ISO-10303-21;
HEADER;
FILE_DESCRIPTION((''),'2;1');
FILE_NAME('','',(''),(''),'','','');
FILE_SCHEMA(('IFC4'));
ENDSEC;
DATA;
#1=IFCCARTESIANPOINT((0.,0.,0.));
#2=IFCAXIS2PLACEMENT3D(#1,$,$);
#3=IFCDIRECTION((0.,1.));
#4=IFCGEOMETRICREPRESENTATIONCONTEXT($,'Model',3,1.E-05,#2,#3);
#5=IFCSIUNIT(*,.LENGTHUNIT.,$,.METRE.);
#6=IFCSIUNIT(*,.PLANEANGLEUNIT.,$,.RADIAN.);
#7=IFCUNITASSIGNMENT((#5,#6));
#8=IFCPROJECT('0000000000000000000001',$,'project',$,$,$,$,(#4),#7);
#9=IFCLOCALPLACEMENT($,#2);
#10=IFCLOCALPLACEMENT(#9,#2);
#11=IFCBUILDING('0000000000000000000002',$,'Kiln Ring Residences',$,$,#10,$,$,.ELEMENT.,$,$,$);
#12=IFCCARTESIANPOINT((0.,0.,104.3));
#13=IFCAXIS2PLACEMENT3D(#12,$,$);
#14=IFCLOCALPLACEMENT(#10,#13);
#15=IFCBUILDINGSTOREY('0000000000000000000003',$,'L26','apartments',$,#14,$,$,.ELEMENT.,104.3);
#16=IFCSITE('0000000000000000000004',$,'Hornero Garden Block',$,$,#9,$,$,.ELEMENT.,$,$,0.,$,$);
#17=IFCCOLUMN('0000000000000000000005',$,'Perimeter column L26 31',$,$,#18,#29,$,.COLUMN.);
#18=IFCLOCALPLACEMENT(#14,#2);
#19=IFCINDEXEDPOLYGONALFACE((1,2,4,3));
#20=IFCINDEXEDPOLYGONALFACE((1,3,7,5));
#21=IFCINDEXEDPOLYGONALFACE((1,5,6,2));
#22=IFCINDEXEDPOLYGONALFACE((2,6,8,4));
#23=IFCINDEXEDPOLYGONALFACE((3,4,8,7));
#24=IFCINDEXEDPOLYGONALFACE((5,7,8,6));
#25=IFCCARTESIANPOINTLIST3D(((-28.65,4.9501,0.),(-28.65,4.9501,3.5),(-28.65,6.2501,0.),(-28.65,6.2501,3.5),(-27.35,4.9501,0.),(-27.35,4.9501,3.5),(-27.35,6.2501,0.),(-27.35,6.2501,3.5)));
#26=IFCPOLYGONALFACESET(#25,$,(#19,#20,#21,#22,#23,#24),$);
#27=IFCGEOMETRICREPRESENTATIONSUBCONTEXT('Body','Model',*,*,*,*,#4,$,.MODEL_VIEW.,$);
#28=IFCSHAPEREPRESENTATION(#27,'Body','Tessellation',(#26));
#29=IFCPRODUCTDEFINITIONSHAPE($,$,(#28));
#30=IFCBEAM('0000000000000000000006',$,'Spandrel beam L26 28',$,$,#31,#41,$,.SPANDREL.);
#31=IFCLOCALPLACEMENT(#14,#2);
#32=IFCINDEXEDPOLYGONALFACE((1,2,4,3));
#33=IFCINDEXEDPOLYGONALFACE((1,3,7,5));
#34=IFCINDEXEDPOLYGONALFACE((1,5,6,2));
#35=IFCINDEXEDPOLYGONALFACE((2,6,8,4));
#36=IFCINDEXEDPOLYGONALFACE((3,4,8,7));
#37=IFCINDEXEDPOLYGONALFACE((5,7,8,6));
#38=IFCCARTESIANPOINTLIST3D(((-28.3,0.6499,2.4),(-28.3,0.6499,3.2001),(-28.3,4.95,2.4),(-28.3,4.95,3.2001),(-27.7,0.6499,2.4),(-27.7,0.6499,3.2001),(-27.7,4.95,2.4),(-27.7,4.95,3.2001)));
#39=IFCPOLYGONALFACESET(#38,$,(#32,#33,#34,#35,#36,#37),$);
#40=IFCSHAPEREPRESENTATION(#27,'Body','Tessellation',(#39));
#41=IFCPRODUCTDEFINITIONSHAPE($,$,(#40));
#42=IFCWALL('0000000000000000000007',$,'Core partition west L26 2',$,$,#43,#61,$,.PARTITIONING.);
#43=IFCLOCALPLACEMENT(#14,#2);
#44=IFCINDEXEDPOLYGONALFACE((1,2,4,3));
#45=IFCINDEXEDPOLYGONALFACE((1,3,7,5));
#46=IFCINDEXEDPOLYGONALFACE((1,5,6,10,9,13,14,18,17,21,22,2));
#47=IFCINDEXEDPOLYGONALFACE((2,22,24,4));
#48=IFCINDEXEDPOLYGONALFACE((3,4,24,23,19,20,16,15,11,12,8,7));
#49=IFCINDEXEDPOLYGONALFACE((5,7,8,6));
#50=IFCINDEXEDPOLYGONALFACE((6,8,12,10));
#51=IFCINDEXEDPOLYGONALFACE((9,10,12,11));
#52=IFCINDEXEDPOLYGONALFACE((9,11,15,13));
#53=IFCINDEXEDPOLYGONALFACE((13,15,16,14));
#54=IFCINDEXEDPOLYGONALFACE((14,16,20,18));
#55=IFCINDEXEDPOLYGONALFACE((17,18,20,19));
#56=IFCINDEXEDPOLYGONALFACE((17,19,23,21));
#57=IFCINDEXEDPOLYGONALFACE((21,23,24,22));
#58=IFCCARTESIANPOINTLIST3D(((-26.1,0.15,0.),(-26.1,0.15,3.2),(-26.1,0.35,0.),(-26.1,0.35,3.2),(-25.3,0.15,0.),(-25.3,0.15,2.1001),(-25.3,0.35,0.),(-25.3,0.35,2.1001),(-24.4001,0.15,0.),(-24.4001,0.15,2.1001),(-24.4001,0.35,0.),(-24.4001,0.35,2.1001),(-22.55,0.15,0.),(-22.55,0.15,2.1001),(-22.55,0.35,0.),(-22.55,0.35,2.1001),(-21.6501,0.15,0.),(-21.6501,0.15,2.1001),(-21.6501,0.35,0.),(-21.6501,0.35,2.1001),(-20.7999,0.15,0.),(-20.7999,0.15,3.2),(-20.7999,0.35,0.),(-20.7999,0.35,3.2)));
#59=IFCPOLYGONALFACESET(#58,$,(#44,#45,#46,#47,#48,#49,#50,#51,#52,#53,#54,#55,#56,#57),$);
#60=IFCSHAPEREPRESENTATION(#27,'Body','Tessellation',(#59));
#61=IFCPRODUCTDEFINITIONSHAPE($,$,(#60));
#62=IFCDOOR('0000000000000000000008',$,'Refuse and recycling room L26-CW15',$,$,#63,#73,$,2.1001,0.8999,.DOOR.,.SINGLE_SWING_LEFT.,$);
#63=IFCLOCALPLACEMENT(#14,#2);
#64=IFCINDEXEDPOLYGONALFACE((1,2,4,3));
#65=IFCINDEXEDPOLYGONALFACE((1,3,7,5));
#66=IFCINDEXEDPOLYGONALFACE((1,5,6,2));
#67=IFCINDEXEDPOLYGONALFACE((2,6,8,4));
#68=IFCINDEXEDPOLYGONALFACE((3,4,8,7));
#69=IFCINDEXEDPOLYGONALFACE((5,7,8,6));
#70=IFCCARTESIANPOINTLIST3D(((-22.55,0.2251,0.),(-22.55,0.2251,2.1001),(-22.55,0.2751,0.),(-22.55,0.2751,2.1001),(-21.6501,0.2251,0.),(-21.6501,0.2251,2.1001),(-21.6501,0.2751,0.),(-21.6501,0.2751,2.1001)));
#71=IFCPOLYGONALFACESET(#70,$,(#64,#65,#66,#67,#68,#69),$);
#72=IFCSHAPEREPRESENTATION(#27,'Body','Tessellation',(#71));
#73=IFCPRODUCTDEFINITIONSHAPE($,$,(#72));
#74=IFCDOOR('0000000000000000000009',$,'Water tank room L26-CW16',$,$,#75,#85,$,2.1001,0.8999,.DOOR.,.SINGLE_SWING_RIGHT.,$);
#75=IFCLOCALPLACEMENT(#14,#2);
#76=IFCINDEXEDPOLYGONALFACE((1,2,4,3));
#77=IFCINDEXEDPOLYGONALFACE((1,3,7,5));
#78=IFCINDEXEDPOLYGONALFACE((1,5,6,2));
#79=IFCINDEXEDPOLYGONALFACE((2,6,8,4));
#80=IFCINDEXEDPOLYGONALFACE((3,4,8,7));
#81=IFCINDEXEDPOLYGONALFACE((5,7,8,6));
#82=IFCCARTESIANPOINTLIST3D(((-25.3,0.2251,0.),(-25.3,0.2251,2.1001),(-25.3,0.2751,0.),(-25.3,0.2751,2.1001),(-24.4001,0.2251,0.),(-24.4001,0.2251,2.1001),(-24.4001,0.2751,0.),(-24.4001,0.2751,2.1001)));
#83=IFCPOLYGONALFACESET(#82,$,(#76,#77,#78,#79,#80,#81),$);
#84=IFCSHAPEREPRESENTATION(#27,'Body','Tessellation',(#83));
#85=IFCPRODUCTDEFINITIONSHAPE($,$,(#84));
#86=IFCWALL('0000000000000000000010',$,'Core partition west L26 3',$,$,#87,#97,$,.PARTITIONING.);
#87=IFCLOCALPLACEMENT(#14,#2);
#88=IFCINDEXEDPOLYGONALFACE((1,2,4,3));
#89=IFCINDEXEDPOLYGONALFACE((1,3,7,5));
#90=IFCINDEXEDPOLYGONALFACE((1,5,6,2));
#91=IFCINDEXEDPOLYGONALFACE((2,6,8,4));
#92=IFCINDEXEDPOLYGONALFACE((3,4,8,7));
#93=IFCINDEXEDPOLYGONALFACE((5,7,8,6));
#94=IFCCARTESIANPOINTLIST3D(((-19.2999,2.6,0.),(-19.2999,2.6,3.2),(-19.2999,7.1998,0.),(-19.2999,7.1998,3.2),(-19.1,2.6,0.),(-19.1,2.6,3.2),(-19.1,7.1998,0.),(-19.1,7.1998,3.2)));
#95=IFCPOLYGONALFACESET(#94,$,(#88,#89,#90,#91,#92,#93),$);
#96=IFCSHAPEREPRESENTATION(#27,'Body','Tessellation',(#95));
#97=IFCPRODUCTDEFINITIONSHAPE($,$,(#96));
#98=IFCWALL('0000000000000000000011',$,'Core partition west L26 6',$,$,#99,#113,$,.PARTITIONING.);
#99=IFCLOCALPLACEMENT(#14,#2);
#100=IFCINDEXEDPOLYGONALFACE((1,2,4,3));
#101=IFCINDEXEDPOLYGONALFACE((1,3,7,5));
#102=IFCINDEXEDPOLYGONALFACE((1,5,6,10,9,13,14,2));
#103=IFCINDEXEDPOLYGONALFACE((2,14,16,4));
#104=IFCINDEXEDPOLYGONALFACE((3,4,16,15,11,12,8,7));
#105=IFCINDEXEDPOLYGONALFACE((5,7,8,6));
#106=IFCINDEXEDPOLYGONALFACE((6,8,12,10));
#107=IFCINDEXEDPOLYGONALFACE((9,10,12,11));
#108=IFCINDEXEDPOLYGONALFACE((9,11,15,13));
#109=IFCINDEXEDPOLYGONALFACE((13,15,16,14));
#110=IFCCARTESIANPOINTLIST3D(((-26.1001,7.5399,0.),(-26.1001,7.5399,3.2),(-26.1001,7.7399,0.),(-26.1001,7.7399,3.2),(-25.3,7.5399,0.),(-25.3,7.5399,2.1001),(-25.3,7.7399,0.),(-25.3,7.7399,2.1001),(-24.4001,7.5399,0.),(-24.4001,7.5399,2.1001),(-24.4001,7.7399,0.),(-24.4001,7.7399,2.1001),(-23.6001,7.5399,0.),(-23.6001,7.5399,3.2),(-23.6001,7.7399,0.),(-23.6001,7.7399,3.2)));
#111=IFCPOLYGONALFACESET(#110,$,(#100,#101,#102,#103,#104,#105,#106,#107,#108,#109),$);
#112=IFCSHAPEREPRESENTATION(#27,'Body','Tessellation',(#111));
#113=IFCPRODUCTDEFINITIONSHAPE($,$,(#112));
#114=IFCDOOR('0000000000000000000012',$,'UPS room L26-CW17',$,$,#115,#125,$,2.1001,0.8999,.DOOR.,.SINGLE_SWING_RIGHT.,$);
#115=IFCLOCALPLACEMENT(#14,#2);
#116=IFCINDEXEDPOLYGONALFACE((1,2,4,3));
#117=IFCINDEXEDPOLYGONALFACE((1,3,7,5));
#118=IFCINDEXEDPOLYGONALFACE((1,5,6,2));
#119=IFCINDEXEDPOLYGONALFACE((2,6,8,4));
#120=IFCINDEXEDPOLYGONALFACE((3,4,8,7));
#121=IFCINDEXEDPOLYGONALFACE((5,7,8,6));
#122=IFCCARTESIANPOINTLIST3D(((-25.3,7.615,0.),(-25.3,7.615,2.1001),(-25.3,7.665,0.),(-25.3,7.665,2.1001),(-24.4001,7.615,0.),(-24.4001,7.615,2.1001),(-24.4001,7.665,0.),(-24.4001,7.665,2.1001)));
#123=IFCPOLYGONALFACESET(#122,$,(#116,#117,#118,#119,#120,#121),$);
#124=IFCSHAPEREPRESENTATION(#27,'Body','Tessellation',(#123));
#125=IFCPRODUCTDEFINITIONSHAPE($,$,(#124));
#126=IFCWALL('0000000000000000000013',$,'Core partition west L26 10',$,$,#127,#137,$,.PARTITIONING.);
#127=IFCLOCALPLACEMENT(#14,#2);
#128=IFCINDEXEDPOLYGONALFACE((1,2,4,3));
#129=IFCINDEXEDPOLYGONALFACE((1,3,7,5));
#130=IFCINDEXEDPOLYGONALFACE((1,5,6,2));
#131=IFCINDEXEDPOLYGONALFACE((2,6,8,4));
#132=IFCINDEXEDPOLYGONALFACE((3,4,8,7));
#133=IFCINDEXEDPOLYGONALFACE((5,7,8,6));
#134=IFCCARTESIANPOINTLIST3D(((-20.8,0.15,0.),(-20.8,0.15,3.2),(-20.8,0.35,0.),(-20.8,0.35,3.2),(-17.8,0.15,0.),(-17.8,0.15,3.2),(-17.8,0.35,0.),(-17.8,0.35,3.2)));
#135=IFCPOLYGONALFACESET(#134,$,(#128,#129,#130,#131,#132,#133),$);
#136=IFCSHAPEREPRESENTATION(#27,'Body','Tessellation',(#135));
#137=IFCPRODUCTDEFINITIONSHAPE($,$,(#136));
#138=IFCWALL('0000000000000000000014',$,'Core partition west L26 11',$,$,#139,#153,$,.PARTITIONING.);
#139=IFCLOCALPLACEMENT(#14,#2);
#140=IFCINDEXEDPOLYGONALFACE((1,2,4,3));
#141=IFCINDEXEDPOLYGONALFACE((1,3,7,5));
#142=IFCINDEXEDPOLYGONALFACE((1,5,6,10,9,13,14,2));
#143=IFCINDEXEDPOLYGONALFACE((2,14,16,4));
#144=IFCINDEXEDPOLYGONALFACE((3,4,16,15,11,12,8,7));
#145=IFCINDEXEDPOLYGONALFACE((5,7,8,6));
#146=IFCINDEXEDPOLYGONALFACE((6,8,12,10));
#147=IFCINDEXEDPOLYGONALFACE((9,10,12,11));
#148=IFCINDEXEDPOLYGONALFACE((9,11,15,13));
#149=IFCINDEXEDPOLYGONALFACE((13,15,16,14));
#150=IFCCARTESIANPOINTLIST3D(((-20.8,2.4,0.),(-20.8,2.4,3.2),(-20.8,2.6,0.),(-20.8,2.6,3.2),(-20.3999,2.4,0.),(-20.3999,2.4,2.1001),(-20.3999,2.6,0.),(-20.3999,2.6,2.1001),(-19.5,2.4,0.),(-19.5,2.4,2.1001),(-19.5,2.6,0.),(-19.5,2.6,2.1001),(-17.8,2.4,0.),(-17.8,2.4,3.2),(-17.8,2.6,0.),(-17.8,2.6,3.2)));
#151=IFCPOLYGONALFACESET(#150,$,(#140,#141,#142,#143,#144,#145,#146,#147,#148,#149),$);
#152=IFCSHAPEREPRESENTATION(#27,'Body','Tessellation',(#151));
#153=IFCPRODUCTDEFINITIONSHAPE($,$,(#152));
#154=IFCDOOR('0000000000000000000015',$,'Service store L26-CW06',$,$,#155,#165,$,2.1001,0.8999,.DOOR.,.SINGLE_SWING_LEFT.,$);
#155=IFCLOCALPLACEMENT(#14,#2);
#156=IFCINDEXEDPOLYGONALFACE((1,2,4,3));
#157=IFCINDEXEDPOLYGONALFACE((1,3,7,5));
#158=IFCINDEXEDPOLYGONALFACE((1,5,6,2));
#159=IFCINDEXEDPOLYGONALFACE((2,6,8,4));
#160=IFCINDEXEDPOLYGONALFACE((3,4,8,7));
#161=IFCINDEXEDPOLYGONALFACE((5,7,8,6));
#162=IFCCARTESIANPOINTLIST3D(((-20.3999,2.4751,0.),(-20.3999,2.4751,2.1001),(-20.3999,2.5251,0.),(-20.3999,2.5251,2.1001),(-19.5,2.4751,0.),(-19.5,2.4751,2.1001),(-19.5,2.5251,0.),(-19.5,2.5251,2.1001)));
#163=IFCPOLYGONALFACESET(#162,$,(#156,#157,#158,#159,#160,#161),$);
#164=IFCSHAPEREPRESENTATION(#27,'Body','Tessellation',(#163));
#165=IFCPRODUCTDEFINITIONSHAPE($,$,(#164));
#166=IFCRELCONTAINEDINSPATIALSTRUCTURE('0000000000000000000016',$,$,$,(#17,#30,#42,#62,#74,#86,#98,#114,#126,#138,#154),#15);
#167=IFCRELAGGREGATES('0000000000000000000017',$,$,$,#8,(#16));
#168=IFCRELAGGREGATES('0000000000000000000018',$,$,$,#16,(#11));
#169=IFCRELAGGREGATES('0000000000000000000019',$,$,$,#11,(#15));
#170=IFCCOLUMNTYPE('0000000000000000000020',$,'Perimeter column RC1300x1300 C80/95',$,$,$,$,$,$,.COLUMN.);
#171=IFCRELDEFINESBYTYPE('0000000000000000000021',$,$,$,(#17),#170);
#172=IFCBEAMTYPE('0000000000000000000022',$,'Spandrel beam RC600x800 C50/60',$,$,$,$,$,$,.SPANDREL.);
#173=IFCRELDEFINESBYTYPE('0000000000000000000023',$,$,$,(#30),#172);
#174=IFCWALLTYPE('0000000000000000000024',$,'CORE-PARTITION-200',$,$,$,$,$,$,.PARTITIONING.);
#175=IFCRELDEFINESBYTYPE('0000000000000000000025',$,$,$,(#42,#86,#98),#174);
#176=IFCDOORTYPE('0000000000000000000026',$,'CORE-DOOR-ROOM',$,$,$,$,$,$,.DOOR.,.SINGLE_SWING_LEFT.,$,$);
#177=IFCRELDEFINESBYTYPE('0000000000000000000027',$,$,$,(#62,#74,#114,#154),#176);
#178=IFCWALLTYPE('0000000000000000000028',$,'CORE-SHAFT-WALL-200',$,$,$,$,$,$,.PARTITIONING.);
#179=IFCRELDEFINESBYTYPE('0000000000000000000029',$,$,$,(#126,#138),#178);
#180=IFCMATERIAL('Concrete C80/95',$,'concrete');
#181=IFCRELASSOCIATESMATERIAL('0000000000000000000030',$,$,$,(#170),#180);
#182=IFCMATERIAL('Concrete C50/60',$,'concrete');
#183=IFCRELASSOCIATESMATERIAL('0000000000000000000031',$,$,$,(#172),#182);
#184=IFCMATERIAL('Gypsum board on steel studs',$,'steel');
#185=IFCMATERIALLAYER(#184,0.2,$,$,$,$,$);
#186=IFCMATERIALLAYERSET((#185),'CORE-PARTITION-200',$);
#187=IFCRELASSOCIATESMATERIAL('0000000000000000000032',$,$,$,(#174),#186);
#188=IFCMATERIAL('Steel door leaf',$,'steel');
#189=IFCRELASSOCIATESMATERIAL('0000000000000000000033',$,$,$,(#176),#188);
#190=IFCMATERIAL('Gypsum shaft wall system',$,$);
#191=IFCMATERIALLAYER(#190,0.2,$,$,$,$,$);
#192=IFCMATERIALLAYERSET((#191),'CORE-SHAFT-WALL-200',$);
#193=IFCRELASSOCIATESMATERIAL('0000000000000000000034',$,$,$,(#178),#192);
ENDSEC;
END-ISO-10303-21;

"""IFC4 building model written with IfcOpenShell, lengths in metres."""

from ifc_helpers import new_model, si_unit, direction, frame, frame_2d, origin, origin_2d, place, context, subcontext, project, spatial, rectangle, extrude, material, layer, layer_set, material_profile, profile_set, type_object, element, fill, save


model = new_model("IFC4")

# Units and contexts
model_context = context("Model", 3, precision=1e-05, world=origin(), true_north=direction((0.0, 1.0)))
body_context = subcontext(model_context, "Body", "Model", "MODEL_VIEW")
ifc_project = project(units=[si_unit("LENGTHUNIT", "METRE"), si_unit("PLANEANGLEUNIT", "RADIAN")], contexts=[model_context])

# Site, building, storey
site_placement = place(None, origin())
site = spatial("IfcSite", under=ifc_project, at=site_placement, Name="Hornero Garden Block", CompositionType="ELEMENT", RefElevation=0.0)
building_placement = place(site_placement, origin())
building = spatial("IfcBuilding", under=site, at=building_placement, Name="Kiln Ring Residences", CompositionType="ELEMENT")
storey_placement = place(building_placement, frame((0.0, 0.0, 104.3)))
storey = spatial("IfcBuildingStorey", under=building, at=storey_placement, Name="L26", Description="apartments", CompositionType="ELEMENT", Elevation=104.3)

# Column
ifc_material_1 = material(Name="Concrete C80/95", Category="concrete")
ifc_material_profile_1 = material_profile(ifc_material_1, rectangle(XDim=1.3, YDim=1.3, at=origin_2d()), Name="RC1300x1300")
ifc_profile_set_1 = profile_set([ifc_material_profile_1], Name="Concrete C80/95")
column_type = type_object("IfcColumnType", Name="Perimeter column RC1300x1300 C80/95", PredefinedType="COLUMN", material=ifc_profile_set_1)
column_placement = place(storey_placement, frame((-28.0, 5.6001, 0.0), z_axis=(0.0, 0.0, 1.0), x_axis=(1.0, 0.0, 0.0)))
element("IfcColumn", 1, at=column_placement, inside=storey, type_object=column_type, Name="Perimeter column L26 31", PredefinedType="COLUMN", context=body_context, shape_type="SweptSolid", body=[
    extrude(rectangle(XDim=1.3, YDim=1.3, at=origin_2d()), origin(), (0.0, 0.0, 1.0), 3.5),
])

# Beam
ifc_material_2 = material(Name="Concrete C50/60", Category="concrete")
ifc_material_profile_2 = material_profile(ifc_material_2, rectangle(XDim=0.6001, YDim=0.8, at=origin_2d()), Name="RC600x800")
ifc_profile_set_2 = profile_set([ifc_material_profile_2], Name="Concrete C50/60")
beam_type = type_object("IfcBeamType", Name="Spandrel beam RC600x800 C50/60", PredefinedType="SPANDREL", material=ifc_profile_set_2)
beam_placement = place(storey_placement, frame((-28.0, 4.95, 2.8), z_axis=(0.0, -1.0, 0.0), x_axis=(1.0, 0.0, 0.0)))
element("IfcBeam", 2, at=beam_placement, inside=storey, type_object=beam_type, Name="Spandrel beam L26 28", PredefinedType="SPANDREL", context=body_context, shape_type="SweptSolid", body=[
    extrude(rectangle(XDim=0.6001, YDim=0.8, at=origin_2d()), origin(), (0.0, 0.0, 1.0), 4.3),
])

# Wall, openings, doors
ifc_material_3 = material(Name="Gypsum board on steel studs", Category="steel")
ifc_layer_1 = layer(ifc_material_3, 0.2)
ifc_layer_set_1 = layer_set([ifc_layer_1], Name="CORE-PARTITION-200")
wall_type_1 = type_object("IfcWallType", Name="CORE-PARTITION-200", PredefinedType="PARTITIONING", material=ifc_layer_set_1)
wall_1_placement = place(storey_placement, frame((-20.8, 0.25, 0.0), z_axis=(0.0, 0.0, 1.0), x_axis=(-1.0, 0.0, 0.0)))
wall_1 = element("IfcWall", 3, at=wall_1_placement, inside=storey, type_object=wall_type_1, Name="Core partition west L26 2", PredefinedType="PARTITIONING", context=body_context, shape_type="SweptSolid", body=[
    extrude(rectangle(XDim=5.3, YDim=0.2, at=frame_2d((2.6499, 0.0))), origin(), (0.0, 0.0, 1.0), 3.2),
])
opening_1_placement = place(wall_1_placement, frame((0.8501, 0.0, 0.0)))
opening_1 = element("IfcOpeningElement", 4, at=opening_1_placement, cuts=wall_1, PredefinedType="OPENING", context=body_context, shape_type="SweptSolid", body=[
    extrude(rectangle(XDim=0.8999, YDim=2.1001, at=frame_2d((0.45, 1.05))), frame((0.0, 0.1099, 0.0), z_axis=(0.0, -1.0, 0.0), x_axis=(1.0, 0.0, 0.0)), (0.0, 0.0, 1.0), 0.22),
])
opening_2_placement = place(wall_1_placement, frame((3.6001, 0.0, 0.0)))
opening_2 = element("IfcOpeningElement", 5, at=opening_2_placement, cuts=wall_1, PredefinedType="OPENING", context=body_context, shape_type="SweptSolid", body=[
    extrude(rectangle(XDim=0.8999, YDim=2.1001, at=frame_2d((0.45, 1.05))), frame((0.0, 0.1099, 0.0), z_axis=(0.0, -1.0, 0.0), x_axis=(1.0, 0.0, 0.0)), (0.0, 0.0, 1.0), 0.22),
])
ifc_material_4 = material(Name="Steel door leaf", Category="steel")
door_type_1 = type_object("IfcDoorType", Name="CORE-DOOR-ROOM", OperationType="SINGLE_SWING_LEFT", PredefinedType="DOOR", material=ifc_material_4)
door_1_placement = place(opening_1_placement, origin())
door_1 = element("IfcDoor", 6, at=door_1_placement, inside=storey, type_object=door_type_1, Name="Refuse and recycling room L26-CW15", OperationType="SINGLE_SWING_LEFT", OverallHeight=2.1001, OverallWidth=0.8999, PredefinedType="DOOR", context=body_context, shape_type="SweptSolid", body=[
    extrude(rectangle(XDim=0.8999, YDim=2.1001, at=frame_2d((0.45, 1.05))), frame((0.0, 0.0249, 0.0), z_axis=(0.0, -1.0, 0.0), x_axis=(1.0, 0.0, 0.0)), (0.0, 0.0, 1.0), 0.05),
])
fill(opening_1, door_1)
door_2_placement = place(opening_2_placement, origin())
door_2 = element("IfcDoor", 7, at=door_2_placement, inside=storey, type_object=door_type_1, Name="Water tank room L26-CW16", OperationType="SINGLE_SWING_RIGHT", OverallHeight=2.1001, OverallWidth=0.8999, PredefinedType="DOOR", context=body_context, shape_type="SweptSolid", body=[
    extrude(rectangle(XDim=0.8999, YDim=2.1001, at=frame_2d((0.45, 1.05))), frame((0.0, 0.0249, 0.0), z_axis=(0.0, -1.0, 0.0), x_axis=(1.0, 0.0, 0.0)), (0.0, 0.0, 1.0), 0.05),
])
fill(opening_2, door_2)

# Wall
wall_2_placement = place(storey_placement, frame((-19.2, 2.6001, 0.0), z_axis=(0.0, 0.0, 1.0), x_axis=(0.0, 1.0, 0.0)))
element("IfcWall", 8, at=wall_2_placement, inside=storey, type_object=wall_type_1, Name="Core partition west L26 3", PredefinedType="PARTITIONING", context=body_context, shape_type="SweptSolid", body=[
    extrude(rectangle(XDim=4.5999, YDim=0.2, at=frame_2d((2.2998, 0.0))), origin(), (0.0, 0.0, 1.0), 3.2),
])

# Wall, opening, door
wall_3_placement = place(storey_placement, frame((-23.6001, 7.6399, 0.0), z_axis=(0.0, 0.0, 1.0), x_axis=(-1.0, 0.0, 0.0)))
wall_3 = element("IfcWall", 9, at=wall_3_placement, inside=storey, type_object=wall_type_1, Name="Core partition west L26 6", PredefinedType="PARTITIONING", context=body_context, shape_type="SweptSolid", body=[
    extrude(rectangle(XDim=2.5, YDim=0.2, at=frame_2d((1.25, 0.0))), origin(), (0.0, 0.0, 1.0), 3.2),
])
opening_3_placement = place(wall_3_placement, frame((0.8, 0.0, 0.0)))
opening_3 = element("IfcOpeningElement", 10, at=opening_3_placement, cuts=wall_3, PredefinedType="OPENING", context=body_context, shape_type="SweptSolid", body=[
    extrude(rectangle(XDim=0.8999, YDim=2.1001, at=frame_2d((0.45, 1.05))), frame((0.0, 0.1099, 0.0), z_axis=(0.0, -1.0, 0.0), x_axis=(1.0, 0.0, 0.0)), (0.0, 0.0, 1.0), 0.22),
])
door_3_placement = place(opening_3_placement, origin())
door_3 = element("IfcDoor", 11, at=door_3_placement, inside=storey, type_object=door_type_1, Name="UPS room L26-CW17", OperationType="SINGLE_SWING_RIGHT", OverallHeight=2.1001, OverallWidth=0.8999, PredefinedType="DOOR", context=body_context, shape_type="SweptSolid", body=[
    extrude(rectangle(XDim=0.8999, YDim=2.1001, at=frame_2d((0.45, 1.05))), frame((0.0, 0.0249, 0.0), z_axis=(0.0, -1.0, 0.0), x_axis=(1.0, 0.0, 0.0)), (0.0, 0.0, 1.0), 0.05),
])
fill(opening_3, door_3)

# Wall
ifc_material_5 = material(Name="Gypsum shaft wall system")
ifc_layer_2 = layer(ifc_material_5, 0.2)
ifc_layer_set_2 = layer_set([ifc_layer_2], Name="CORE-SHAFT-WALL-200")
wall_type_2 = type_object("IfcWallType", Name="CORE-SHAFT-WALL-200", PredefinedType="PARTITIONING", material=ifc_layer_set_2)
wall_4_placement = place(storey_placement, frame((-17.8, 0.25, 0.0), z_axis=(0.0, 0.0, 1.0), x_axis=(-1.0, 0.0, 0.0)))
element("IfcWall", 12, at=wall_4_placement, inside=storey, type_object=wall_type_2, Name="Core partition west L26 10", PredefinedType="PARTITIONING", context=body_context, shape_type="SweptSolid", body=[
    extrude(rectangle(XDim=3.0, YDim=0.2, at=frame_2d((1.5, 0.0))), origin(), (0.0, 0.0, 1.0), 3.2),
])

# Wall, opening, door
wall_5_placement = place(storey_placement, frame((-17.8, 2.5, 0.0), z_axis=(0.0, 0.0, 1.0), x_axis=(-1.0, 0.0, 0.0)))
wall_5 = element("IfcWall", 13, at=wall_5_placement, inside=storey, type_object=wall_type_2, Name="Core partition west L26 11", PredefinedType="PARTITIONING", context=body_context, shape_type="SweptSolid", body=[
    extrude(rectangle(XDim=3.0, YDim=0.2, at=frame_2d((1.5, 0.0))), origin(), (0.0, 0.0, 1.0), 3.2),
])
opening_4_placement = place(wall_5_placement, frame((1.7, 0.0, 0.0)))
opening_4 = element("IfcOpeningElement", 14, at=opening_4_placement, cuts=wall_5, PredefinedType="OPENING", context=body_context, shape_type="SweptSolid", body=[
    extrude(rectangle(XDim=0.8999, YDim=2.1001, at=frame_2d((0.45, 1.05))), frame((0.0, 0.1099, 0.0), z_axis=(0.0, -1.0, 0.0), x_axis=(1.0, 0.0, 0.0)), (0.0, 0.0, 1.0), 0.22),
])
door_4_placement = place(opening_4_placement, origin())
door_4 = element("IfcDoor", 15, at=door_4_placement, inside=storey, type_object=door_type_1, Name="Service store L26-CW06", OperationType="SINGLE_SWING_LEFT", OverallHeight=2.1001, OverallWidth=0.8999, PredefinedType="DOOR", context=body_context, shape_type="SweptSolid", body=[
    extrude(rectangle(XDim=0.8999, YDim=2.1001, at=frame_2d((0.45, 1.05))), frame((0.0, 0.0249, 0.0), z_axis=(0.0, -1.0, 0.0), x_axis=(1.0, 0.0, 0.0)), (0.0, 0.0, 1.0), 0.05),
])
fill(opening_4, door_4)

save(model, "model.ifc")
